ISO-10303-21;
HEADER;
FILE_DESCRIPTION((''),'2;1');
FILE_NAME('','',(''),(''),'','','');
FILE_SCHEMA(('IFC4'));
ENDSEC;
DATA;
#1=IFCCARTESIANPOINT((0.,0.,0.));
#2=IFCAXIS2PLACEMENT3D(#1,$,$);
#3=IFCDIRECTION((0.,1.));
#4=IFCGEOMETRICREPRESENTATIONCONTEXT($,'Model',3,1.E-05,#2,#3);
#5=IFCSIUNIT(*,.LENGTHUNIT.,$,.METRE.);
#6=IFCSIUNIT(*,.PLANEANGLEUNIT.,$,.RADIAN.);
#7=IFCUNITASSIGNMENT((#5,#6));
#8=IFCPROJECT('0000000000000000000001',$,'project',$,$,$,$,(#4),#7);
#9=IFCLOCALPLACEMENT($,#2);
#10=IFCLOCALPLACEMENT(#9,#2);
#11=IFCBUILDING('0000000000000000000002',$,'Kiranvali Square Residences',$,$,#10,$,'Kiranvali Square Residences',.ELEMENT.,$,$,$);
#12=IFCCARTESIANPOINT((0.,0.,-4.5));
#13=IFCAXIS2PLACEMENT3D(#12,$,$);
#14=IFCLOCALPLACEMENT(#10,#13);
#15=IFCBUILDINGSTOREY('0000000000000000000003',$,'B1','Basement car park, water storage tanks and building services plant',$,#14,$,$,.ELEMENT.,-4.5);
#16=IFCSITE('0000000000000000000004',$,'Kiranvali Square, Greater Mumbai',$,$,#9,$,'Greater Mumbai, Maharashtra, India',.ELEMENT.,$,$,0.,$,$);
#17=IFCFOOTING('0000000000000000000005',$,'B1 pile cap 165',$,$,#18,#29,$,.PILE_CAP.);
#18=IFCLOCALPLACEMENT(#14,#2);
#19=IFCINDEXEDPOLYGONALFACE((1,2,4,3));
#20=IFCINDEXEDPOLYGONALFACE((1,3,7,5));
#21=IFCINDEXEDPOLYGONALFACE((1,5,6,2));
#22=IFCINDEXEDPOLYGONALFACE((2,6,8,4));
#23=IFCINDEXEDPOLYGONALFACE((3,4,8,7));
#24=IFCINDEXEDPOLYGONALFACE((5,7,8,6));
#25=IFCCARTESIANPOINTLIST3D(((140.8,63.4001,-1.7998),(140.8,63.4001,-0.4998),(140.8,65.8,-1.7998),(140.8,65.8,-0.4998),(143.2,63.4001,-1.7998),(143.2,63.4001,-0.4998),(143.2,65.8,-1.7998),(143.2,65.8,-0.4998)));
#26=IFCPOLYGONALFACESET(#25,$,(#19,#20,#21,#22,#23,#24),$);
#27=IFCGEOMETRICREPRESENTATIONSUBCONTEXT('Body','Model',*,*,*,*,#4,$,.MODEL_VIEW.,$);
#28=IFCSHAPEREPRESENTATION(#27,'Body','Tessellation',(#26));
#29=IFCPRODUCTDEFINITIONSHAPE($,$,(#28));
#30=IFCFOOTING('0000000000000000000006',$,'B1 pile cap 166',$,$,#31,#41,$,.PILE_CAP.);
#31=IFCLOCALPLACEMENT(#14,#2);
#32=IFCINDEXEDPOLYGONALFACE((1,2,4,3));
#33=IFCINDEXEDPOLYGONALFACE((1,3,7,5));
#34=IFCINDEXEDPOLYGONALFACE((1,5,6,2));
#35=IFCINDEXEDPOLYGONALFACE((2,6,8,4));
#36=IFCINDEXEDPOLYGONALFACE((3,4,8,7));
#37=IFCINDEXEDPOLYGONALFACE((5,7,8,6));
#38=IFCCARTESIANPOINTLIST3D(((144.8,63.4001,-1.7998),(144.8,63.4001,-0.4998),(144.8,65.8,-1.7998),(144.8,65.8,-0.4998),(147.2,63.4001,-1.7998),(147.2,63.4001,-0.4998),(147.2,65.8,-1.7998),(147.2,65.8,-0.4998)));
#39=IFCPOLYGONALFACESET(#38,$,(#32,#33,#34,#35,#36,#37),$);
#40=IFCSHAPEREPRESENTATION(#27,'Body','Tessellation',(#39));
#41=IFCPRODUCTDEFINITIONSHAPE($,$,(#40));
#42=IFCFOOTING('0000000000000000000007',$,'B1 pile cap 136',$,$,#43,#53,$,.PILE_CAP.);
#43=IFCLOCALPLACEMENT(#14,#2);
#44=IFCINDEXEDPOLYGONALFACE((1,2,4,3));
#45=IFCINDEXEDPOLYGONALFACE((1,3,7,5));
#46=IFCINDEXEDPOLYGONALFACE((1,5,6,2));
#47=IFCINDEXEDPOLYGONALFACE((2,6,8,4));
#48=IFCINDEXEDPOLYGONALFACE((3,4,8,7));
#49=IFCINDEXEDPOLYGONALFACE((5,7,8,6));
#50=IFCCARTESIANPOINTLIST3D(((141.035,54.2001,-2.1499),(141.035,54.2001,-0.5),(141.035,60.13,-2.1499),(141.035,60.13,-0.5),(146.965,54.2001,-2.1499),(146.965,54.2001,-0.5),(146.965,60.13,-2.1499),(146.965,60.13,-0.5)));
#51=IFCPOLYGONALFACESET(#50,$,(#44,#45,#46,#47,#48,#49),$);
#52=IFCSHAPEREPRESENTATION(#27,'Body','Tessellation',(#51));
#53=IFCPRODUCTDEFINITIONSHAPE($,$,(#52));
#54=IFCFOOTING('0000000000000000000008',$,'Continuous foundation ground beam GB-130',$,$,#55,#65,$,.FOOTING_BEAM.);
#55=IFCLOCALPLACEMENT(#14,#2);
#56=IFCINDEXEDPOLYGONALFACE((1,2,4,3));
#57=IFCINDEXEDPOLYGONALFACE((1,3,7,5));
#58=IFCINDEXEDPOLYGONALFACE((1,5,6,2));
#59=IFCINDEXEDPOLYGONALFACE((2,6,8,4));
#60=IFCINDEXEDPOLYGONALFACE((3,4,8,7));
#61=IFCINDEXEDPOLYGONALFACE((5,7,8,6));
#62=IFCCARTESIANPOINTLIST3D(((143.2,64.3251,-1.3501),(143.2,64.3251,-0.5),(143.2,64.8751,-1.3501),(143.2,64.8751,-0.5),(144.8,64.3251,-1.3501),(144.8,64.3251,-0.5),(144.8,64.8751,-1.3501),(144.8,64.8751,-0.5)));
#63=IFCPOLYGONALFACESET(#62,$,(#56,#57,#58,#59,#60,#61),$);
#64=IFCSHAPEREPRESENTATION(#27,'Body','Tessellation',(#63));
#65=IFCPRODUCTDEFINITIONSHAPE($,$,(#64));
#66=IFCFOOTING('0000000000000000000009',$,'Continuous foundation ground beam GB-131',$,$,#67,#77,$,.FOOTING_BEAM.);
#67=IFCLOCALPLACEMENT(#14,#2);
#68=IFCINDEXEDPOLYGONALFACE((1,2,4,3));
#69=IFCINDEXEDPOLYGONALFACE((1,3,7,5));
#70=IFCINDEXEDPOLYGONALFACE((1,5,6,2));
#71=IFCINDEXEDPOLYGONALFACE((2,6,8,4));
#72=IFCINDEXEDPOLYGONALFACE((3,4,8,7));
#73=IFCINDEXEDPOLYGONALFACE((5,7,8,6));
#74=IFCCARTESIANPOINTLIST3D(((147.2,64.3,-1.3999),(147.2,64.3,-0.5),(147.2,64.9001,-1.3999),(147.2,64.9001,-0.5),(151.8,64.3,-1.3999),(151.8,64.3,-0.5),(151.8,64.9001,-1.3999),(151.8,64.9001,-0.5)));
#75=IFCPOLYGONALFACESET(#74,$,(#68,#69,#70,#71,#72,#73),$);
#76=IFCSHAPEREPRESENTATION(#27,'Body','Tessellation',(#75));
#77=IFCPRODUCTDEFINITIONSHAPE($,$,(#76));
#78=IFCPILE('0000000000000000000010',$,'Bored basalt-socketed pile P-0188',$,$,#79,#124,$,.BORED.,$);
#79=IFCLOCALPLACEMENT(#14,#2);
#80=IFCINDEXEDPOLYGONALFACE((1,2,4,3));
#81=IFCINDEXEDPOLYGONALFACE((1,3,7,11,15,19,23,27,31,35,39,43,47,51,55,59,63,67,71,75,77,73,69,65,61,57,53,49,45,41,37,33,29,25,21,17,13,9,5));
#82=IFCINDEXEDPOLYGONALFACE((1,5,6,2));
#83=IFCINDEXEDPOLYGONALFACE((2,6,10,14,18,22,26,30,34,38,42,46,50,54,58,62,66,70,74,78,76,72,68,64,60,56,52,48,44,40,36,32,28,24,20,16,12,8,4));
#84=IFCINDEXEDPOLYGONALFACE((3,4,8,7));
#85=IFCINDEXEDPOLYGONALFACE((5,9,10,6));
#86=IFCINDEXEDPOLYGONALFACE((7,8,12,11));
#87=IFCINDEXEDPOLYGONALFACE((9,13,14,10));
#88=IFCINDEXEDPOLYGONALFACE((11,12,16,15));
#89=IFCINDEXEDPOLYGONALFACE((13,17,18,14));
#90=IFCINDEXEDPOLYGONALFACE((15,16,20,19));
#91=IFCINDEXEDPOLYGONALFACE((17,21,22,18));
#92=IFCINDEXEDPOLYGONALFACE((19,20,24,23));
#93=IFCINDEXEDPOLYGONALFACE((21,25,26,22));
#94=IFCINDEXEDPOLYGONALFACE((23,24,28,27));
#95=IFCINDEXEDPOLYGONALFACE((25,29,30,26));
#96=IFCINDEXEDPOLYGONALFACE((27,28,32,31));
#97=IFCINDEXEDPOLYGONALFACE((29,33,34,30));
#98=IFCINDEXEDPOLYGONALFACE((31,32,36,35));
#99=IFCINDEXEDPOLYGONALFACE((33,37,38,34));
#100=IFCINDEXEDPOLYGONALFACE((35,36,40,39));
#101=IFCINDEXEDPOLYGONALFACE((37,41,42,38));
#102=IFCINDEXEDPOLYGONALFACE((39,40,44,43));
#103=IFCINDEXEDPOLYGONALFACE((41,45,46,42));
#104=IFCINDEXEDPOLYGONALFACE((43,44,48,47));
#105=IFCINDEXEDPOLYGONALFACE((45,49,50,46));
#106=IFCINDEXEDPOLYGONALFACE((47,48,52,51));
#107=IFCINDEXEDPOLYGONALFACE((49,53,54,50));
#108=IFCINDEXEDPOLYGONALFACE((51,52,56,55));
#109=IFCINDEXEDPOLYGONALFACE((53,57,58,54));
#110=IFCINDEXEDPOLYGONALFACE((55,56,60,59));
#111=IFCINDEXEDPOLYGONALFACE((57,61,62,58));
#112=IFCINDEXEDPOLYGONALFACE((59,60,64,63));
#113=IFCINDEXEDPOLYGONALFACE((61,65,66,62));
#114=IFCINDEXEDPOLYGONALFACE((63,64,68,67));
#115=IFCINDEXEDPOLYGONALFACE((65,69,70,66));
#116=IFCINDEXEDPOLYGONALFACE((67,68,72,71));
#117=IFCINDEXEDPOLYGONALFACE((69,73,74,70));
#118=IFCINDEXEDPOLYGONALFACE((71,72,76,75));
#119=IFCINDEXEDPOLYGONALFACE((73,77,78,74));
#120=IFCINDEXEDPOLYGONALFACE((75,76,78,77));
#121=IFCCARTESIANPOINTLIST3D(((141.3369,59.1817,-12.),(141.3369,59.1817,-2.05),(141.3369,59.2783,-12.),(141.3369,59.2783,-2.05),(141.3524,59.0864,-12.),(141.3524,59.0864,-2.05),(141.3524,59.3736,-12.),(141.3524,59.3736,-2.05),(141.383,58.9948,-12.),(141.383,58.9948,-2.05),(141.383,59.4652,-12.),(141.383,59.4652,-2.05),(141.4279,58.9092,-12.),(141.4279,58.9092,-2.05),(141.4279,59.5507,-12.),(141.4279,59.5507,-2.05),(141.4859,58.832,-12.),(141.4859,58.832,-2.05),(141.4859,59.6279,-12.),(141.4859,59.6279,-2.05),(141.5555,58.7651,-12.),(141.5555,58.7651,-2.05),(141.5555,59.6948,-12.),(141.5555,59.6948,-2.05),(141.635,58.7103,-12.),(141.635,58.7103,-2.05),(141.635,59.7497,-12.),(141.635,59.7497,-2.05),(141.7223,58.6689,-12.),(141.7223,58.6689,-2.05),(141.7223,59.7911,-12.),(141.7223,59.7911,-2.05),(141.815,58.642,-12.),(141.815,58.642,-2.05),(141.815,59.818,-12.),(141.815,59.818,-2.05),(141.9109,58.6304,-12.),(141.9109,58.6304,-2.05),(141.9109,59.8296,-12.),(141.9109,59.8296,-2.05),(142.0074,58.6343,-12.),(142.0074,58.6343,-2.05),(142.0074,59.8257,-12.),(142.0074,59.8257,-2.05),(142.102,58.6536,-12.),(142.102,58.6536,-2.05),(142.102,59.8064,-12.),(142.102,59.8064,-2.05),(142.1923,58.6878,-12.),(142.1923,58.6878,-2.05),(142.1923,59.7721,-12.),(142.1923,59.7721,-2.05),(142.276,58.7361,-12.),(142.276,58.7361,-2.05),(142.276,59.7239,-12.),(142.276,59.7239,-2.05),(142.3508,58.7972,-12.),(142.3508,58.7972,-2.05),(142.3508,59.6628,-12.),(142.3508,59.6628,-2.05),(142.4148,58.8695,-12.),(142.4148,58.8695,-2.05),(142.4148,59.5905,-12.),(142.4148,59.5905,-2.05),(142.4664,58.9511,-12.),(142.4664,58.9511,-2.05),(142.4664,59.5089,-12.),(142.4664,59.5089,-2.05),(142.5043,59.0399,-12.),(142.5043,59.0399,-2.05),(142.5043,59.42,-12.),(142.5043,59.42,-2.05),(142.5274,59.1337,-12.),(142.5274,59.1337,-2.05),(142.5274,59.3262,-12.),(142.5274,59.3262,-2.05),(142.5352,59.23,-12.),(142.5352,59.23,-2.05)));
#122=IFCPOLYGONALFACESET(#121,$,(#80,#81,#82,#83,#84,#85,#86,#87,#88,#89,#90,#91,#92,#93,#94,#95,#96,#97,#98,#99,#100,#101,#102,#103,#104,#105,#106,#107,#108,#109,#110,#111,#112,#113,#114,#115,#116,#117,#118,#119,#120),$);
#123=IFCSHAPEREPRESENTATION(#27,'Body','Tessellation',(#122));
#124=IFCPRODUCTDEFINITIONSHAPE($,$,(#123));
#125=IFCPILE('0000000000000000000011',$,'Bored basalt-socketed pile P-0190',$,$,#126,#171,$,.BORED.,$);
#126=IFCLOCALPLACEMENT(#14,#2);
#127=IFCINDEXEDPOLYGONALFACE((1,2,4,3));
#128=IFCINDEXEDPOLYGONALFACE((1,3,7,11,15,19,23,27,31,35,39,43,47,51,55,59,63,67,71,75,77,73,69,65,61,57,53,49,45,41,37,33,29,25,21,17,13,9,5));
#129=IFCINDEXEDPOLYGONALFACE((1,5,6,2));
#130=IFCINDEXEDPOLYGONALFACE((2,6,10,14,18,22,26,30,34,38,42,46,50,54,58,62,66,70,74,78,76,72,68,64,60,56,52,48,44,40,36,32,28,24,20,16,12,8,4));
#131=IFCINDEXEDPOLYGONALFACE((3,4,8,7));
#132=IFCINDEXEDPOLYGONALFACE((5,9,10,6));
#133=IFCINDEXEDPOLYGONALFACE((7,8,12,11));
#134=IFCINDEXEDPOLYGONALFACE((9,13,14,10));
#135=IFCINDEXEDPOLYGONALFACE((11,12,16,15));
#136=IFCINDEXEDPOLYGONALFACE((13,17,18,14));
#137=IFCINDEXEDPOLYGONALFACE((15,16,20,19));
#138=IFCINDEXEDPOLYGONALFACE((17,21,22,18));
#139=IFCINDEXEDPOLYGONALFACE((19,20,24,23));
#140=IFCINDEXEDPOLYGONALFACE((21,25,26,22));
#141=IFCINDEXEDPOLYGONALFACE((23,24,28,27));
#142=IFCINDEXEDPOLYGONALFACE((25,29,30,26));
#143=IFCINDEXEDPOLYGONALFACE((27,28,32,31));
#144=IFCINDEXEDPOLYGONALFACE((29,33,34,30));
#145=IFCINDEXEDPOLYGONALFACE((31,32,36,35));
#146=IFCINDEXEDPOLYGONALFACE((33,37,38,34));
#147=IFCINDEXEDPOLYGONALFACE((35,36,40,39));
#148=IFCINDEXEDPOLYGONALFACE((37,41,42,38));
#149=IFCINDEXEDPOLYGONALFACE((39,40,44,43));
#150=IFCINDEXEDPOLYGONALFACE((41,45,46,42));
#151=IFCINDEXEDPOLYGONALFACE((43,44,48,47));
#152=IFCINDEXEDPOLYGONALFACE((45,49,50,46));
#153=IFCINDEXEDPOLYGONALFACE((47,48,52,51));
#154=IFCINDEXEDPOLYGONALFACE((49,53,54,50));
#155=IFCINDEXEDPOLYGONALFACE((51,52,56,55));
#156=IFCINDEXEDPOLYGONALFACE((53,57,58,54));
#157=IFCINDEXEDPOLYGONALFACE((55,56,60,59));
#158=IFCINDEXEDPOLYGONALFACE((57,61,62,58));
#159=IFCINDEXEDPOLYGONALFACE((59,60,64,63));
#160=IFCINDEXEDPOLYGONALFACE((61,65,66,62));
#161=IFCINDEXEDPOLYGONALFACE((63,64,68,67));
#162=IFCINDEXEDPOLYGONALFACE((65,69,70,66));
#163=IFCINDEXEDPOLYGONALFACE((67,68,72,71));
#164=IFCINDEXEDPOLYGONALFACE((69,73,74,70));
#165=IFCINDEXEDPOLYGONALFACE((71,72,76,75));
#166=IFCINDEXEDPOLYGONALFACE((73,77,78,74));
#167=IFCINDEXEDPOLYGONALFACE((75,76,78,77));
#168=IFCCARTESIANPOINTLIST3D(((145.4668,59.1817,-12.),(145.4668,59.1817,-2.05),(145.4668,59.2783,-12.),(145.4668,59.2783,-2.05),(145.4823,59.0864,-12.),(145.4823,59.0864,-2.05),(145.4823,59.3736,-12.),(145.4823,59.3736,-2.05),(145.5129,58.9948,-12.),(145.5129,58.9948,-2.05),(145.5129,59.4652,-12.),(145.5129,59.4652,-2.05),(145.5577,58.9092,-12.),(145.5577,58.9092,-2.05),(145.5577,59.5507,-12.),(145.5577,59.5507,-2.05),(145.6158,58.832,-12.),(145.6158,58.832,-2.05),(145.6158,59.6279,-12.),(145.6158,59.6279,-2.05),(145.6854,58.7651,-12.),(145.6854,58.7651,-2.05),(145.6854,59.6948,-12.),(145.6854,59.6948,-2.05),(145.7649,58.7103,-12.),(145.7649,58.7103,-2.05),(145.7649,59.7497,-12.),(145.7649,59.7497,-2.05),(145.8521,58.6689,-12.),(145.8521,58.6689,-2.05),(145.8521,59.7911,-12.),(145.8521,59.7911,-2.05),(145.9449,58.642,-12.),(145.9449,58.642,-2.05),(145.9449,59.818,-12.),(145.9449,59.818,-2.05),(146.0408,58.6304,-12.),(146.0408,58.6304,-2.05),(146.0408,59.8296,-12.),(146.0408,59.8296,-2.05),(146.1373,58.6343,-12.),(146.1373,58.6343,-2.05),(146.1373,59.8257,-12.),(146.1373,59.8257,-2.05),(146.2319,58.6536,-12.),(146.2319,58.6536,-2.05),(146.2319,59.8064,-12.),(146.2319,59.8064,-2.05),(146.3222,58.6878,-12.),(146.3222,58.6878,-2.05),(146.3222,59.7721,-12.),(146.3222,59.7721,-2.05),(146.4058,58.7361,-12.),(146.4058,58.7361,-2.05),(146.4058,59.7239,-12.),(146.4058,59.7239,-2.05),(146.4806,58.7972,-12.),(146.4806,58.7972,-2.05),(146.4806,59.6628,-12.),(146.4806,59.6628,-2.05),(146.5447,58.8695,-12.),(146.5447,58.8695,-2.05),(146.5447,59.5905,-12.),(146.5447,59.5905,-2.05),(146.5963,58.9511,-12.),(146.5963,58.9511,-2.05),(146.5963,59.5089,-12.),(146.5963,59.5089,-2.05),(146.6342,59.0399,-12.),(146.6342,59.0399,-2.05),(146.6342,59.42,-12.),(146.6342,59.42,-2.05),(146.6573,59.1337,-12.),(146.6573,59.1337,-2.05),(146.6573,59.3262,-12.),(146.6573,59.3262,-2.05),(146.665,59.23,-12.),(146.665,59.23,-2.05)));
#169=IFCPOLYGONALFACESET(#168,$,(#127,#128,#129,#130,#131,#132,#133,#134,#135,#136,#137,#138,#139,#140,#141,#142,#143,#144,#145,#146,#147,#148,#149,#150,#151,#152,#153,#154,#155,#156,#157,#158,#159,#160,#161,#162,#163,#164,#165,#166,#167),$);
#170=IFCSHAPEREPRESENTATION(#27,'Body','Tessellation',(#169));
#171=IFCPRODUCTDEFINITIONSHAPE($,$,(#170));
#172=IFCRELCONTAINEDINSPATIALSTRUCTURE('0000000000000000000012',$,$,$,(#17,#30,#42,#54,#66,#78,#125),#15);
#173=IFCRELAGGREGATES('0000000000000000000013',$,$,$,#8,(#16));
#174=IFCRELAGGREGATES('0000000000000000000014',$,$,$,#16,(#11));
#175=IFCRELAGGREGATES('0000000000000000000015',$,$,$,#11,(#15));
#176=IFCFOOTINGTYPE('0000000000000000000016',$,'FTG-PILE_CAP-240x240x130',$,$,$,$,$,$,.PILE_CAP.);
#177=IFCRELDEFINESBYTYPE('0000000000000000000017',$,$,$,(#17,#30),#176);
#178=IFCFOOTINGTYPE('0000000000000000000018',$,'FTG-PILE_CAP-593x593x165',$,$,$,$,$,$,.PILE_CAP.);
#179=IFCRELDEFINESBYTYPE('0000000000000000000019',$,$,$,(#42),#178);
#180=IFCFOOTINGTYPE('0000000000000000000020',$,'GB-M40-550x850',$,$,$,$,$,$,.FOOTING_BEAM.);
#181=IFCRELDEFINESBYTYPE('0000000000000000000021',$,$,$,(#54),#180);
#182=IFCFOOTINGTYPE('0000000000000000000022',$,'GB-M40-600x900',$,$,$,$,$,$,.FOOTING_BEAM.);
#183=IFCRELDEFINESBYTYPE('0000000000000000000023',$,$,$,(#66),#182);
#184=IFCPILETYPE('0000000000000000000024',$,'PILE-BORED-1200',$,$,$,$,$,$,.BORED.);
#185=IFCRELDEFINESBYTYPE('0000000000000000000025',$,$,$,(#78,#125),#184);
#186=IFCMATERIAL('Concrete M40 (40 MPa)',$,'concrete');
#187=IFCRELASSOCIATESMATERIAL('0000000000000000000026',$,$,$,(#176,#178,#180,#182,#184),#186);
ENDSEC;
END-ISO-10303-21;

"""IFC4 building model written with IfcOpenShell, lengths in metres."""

from ifc_helpers import new_model, si_unit, direction, frame, origin, origin_2d, place, context, subcontext, project, spatial, rectangle, circle, extrude, material, material_profile, profile_set, type_object, element, save


model = new_model("IFC4")

# Units and contexts
model_context = context("Model", 3, precision=1e-05, world=origin(), true_north=direction((0.0, 1.0)))
body_context = subcontext(model_context, "Body", "Model", "MODEL_VIEW")
ifc_project = project(units=[si_unit("LENGTHUNIT", "METRE"), si_unit("PLANEANGLEUNIT", "RADIAN")], contexts=[model_context])

# Site, building, storey
site_placement = place(None, origin())
site = spatial("IfcSite", under=ifc_project, at=site_placement, Name="Kiranvali Square, Greater Mumbai", LongName="Greater Mumbai, Maharashtra, India", CompositionType="ELEMENT", RefElevation=0.0)
building_placement = place(site_placement, origin())
building = spatial("IfcBuilding", under=site, at=building_placement, Name="Kiranvali Square Residences", LongName="Kiranvali Square Residences", CompositionType="ELEMENT")
storey_placement = place(building_placement, frame((0.0, 0.0, -4.5)))
storey = spatial("IfcBuildingStorey", under=building, at=storey_placement, Name="B1", Description="Basement car park, water storage tanks and building services plant", CompositionType="ELEMENT", Elevation=-4.5)

# Footings
ifc_material_1 = material(Name="Concrete M40 (40 MPa)", Category="concrete")
footing_type_1 = type_object("IfcFootingType", Name="FTG-PILE_CAP-240x240x130", PredefinedType="PILE_CAP", material=ifc_material_1)
for number, where, z_axis, x_axis, name in (
    (1, (142.0, 64.6001, -1.7998), (0.0, 0.0, 1.0), (1.0, 0.0, 0.0), "B1 pile cap 165"),
    (2, (146.0, 64.6001, -1.7998), (0.0, 0.0, 1.0), (1.0, 0.0, 0.0), "B1 pile cap 166"),
):
    element("IfcFooting", number, at=place(storey_placement, frame(where, z_axis=z_axis, x_axis=x_axis)), inside=storey, type_object=footing_type_1, Name=name, PredefinedType="PILE_CAP", context=body_context, shape_type="SweptSolid", body=[
        extrude(rectangle(XDim=2.3999, YDim=2.3999, at=origin_2d()), origin(), (0.0, 0.0, 1.0), 1.3),
    ])
footing_type_2 = type_object("IfcFootingType", Name="FTG-PILE_CAP-593x593x165", PredefinedType="PILE_CAP", material=ifc_material_1)
footing_1_placement = place(storey_placement, frame((144.0, 57.165, -2.1499), z_axis=(0.0, 0.0, 1.0), x_axis=(1.0, 0.0, 0.0)))
element("IfcFooting", 3, at=footing_1_placement, inside=storey, type_object=footing_type_2, Name="B1 pile cap 136", PredefinedType="PILE_CAP", context=body_context, shape_type="SweptSolid", body=[
    extrude(rectangle(XDim=5.9299, YDim=5.9299, at=origin_2d()), origin(), (0.0, 0.0, 1.0), 1.6499),
])
ifc_material_profile_1 = material_profile(ifc_material_1, rectangle(XDim=0.55, YDim=0.8501, at=origin_2d()), Name="GB 550x850")
ifc_profile_set_1 = profile_set([ifc_material_profile_1], Name="Concrete M40 (40 MPa)")
footing_type_3 = type_object("IfcFootingType", Name="GB-M40-550x850", PredefinedType="FOOTING_BEAM", material=ifc_profile_set_1)
footing_2_placement = place(storey_placement, frame((143.2, 64.6001, -0.925), z_axis=(1.0, 0.0, 0.0), x_axis=(0.0, 1.0, 0.0)))
element("IfcFooting", 4, at=footing_2_placement, inside=storey, type_object=footing_type_3, Name="Continuous foundation ground beam GB-130", PredefinedType="FOOTING_BEAM", context=body_context, shape_type="SweptSolid", body=[
    extrude(rectangle(XDim=0.55, YDim=0.8501, at=origin_2d()), origin(), (0.0, 0.0, 1.0), 1.6001),
])
ifc_material_profile_2 = material_profile(ifc_material_1, rectangle(XDim=0.6001, YDim=0.8999, at=origin_2d()), Name="GB 600x900")
ifc_profile_set_2 = profile_set([ifc_material_profile_2], Name="Concrete M40 (40 MPa)")
footing_type_4 = type_object("IfcFootingType", Name="GB-M40-600x900", PredefinedType="FOOTING_BEAM", material=ifc_profile_set_2)
footing_3_placement = place(storey_placement, frame((147.2, 64.6001, -0.95), z_axis=(1.0, 0.0, 0.0), x_axis=(0.0, 1.0, 0.0)))
element("IfcFooting", 5, at=footing_3_placement, inside=storey, type_object=footing_type_4, Name="Continuous foundation ground beam GB-131", PredefinedType="FOOTING_BEAM", context=body_context, shape_type="SweptSolid", body=[
    extrude(rectangle(XDim=0.6001, YDim=0.8999, at=origin_2d()), origin(), (0.0, 0.0, 1.0), 4.6001),
])

# Piles
ifc_material_profile_3 = material_profile(ifc_material_1, circle(Radius=0.6001, at=origin_2d()), Name="BORED PILE 1200")
ifc_profile_set_3 = profile_set([ifc_material_profile_3], Name="Concrete M40 (40 MPa)")
pile_type = type_object("IfcPileType", Name="PILE-BORED-1200", PredefinedType="BORED", material=ifc_profile_set_3)
for number, where, z_axis, x_axis, name in (
    (6, (141.9351, 59.23, -2.05), (0.0, 0.0, -1.0), (1.0, 0.0, 0.0), "Bored basalt-socketed pile P-0188"),
    (7, (146.0649, 59.23, -2.05), (0.0, 0.0, -1.0), (1.0, 0.0, 0.0), "Bored basalt-socketed pile P-0190"),
):
    element("IfcPile", number, at=place(storey_placement, frame(where, z_axis=z_axis, x_axis=x_axis)), inside=storey, type_object=pile_type, Name=name, PredefinedType="BORED", context=body_context, shape_type="SweptSolid", body=[
        extrude(circle(Radius=0.6001, at=origin_2d()), origin(), (0.0, 0.0, 1.0), 9.95),
    ])

save(model, "model.ifc")
